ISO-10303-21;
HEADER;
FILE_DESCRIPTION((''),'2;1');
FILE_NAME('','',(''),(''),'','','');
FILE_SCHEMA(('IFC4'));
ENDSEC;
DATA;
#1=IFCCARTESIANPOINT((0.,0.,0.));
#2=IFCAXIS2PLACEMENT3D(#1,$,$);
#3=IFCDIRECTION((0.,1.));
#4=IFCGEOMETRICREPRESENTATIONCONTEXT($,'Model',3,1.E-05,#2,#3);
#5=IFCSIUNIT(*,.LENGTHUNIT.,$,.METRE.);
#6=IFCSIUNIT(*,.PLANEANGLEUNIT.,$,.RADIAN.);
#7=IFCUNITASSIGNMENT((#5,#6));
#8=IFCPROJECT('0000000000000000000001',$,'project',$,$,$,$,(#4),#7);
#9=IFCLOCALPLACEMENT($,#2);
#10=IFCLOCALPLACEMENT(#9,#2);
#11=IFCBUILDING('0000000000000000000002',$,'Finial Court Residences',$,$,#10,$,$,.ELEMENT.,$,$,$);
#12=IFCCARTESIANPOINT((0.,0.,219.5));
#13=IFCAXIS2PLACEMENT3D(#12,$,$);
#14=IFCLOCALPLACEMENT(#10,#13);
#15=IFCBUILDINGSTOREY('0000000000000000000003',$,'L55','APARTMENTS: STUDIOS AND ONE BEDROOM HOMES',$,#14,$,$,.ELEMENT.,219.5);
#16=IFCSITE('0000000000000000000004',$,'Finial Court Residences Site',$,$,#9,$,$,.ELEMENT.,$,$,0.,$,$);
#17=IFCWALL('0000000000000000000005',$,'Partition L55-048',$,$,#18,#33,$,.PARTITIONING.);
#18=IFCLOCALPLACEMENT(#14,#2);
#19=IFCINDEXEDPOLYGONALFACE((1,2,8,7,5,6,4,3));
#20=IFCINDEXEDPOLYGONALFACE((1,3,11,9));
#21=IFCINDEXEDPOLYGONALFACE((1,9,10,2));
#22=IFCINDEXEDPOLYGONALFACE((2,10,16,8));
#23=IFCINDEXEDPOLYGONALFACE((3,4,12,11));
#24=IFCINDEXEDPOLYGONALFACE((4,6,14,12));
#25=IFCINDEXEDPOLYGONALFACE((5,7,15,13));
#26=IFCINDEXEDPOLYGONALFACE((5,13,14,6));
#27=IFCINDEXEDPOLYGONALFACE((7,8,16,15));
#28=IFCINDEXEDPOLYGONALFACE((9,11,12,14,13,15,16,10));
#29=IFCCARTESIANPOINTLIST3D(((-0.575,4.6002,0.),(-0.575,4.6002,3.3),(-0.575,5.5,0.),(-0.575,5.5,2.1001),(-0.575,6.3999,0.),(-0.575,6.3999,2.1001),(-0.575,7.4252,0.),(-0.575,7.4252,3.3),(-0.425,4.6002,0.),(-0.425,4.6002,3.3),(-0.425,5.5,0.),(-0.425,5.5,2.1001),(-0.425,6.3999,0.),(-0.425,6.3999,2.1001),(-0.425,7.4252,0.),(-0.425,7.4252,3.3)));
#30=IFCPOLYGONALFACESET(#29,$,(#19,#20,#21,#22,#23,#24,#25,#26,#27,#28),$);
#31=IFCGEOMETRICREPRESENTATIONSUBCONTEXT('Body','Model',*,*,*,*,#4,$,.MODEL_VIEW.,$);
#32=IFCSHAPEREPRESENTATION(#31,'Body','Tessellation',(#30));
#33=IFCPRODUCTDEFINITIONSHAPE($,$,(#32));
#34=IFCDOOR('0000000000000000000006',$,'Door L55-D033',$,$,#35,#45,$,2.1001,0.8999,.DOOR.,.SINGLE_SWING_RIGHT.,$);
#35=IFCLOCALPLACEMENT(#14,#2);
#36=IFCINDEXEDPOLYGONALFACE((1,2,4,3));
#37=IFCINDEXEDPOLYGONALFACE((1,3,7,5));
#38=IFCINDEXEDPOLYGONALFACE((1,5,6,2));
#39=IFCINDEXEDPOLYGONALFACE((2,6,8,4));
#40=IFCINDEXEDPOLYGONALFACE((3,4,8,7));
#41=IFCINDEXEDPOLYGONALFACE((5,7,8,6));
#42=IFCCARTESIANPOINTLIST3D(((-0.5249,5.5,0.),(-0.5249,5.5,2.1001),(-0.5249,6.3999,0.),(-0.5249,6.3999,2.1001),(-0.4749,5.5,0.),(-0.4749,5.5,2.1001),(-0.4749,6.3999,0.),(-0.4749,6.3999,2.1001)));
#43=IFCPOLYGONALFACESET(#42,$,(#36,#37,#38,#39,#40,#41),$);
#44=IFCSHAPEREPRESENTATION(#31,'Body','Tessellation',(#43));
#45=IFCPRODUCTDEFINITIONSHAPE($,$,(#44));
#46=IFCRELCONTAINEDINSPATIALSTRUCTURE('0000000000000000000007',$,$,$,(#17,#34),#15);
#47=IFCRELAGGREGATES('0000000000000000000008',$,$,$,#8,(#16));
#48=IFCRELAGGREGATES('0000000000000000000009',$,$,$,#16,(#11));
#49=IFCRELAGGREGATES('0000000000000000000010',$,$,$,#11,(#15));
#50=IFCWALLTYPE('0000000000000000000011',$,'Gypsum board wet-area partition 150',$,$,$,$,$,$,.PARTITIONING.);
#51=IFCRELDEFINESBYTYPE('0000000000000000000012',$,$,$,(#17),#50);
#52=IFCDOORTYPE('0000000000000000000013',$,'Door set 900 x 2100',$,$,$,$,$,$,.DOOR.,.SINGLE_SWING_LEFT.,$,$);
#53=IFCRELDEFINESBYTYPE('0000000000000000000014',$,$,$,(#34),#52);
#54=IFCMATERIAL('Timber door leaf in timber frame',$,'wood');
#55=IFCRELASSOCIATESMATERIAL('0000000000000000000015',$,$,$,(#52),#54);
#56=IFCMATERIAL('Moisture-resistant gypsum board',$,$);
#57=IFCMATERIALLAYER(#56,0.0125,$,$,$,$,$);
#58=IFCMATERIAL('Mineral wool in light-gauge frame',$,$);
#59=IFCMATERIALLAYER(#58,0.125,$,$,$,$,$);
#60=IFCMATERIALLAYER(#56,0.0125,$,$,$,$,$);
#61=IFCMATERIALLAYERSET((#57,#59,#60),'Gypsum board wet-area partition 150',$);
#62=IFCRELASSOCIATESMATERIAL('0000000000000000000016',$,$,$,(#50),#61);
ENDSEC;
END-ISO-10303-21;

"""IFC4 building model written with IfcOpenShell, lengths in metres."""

from ifc_helpers import new_model, si_unit, direction, frame, frame_2d, origin, place, context, subcontext, project, spatial, rectangle, extrude, material, layer, layer_set, type_object, element, fill, save


model = new_model("IFC4")

# Units and contexts
model_context = context("Model", 3, precision=1e-05, world=origin(), true_north=direction((0.0, 1.0)))
body_context = subcontext(model_context, "Body", "Model", "MODEL_VIEW")
ifc_project = project(units=[si_unit("LENGTHUNIT", "METRE"), si_unit("PLANEANGLEUNIT", "RADIAN")], contexts=[model_context])

# Site, building, storey
site_placement = place(None, origin())
site = spatial("IfcSite", under=ifc_project, at=site_placement, Name="Finial Court Residences Site", CompositionType="ELEMENT", RefElevation=0.0)
building_placement = place(site_placement, origin())
building = spatial("IfcBuilding", under=site, at=building_placement, Name="Finial Court Residences", CompositionType="ELEMENT")
storey_placement = place(building_placement, frame((0.0, 0.0, 219.5)))
storey = spatial("IfcBuildingStorey", under=building, at=storey_placement, Name="L55", Description="APARTMENTS: STUDIOS AND ONE BEDROOM HOMES", CompositionType="ELEMENT", Elevation=219.5)

# Shared definitions
ifc_material_1 = material(Name="Mineral wool in light-gauge frame")

# Shared definitions
ifc_material_2 = material(Name="Timber door leaf in timber frame", Category="wood")
door_type = type_object("IfcDoorType", Name="Door set 900 x 2100", OperationType="SINGLE_SWING_LEFT", PredefinedType="DOOR", material=ifc_material_2)

# Shared definitions
ifc_material_3 = material(Name="Moisture-resistant gypsum board")
ifc_layer_1 = layer(ifc_material_3, 0.0125)
ifc_layer_2 = layer(ifc_material_1, 0.125)
ifc_layer_3 = layer(ifc_material_3, 0.0125)
ifc_layer_set_1 = layer_set([ifc_layer_1, ifc_layer_2, ifc_layer_3], Name="Gypsum board wet-area partition 150")
wall_type_1 = type_object("IfcWallType", Name="Gypsum board wet-area partition 150", PredefinedType="PARTITIONING", material=ifc_layer_set_1)

# Wall, opening, door
wall_1_placement = place(storey_placement, frame((-0.5, 4.6001, 0.0), z_axis=(0.0, 0.0, 1.0), x_axis=(0.0, 1.0, 0.0)))
wall_1 = element("IfcWall", 1, at=wall_1_placement, inside=storey, type_object=wall_type_1, Name="Partition L55-048", PredefinedType="PARTITIONING", context=body_context, shape_type="SweptSolid", body=[
    extrude(rectangle(XDim=2.825, YDim=0.1499, at=frame_2d((1.4126, 0.0))), origin(), (0.0, 0.0, 1.0), 3.3),
])
opening_1_placement = place(wall_1_placement, frame((0.8999, 0.0, 0.0)))
opening_1 = element("IfcOpeningElement", 2, at=opening_1_placement, cuts=wall_1, PredefinedType="OPENING", context=body_context, shape_type="SweptSolid", body=[
    extrude(rectangle(XDim=0.8999, YDim=2.1001, at=frame_2d((0.45, 1.05))), frame((0.0, 0.085, 0.0), z_axis=(0.0, -1.0, 0.0), x_axis=(1.0, 0.0, 0.0)), (0.0, 0.0, 1.0), 0.1699),
])
door_1_placement = place(opening_1_placement, origin())
door_1 = element("IfcDoor", 3, at=door_1_placement, inside=storey, type_object=door_type, Name="Door L55-D033", OperationType="SINGLE_SWING_RIGHT", OverallHeight=2.1001, OverallWidth=0.8999, PredefinedType="DOOR", context=body_context, shape_type="SweptSolid", body=[
    extrude(rectangle(XDim=0.8999, YDim=2.1001, at=frame_2d((0.45, 1.05))), frame((0.0, 0.0249, 0.0), z_axis=(0.0, -1.0, 0.0), x_axis=(1.0, 0.0, 0.0)), (0.0, 0.0, 1.0), 0.05),
])
fill(opening_1, door_1)

save(model, "model.ifc")
